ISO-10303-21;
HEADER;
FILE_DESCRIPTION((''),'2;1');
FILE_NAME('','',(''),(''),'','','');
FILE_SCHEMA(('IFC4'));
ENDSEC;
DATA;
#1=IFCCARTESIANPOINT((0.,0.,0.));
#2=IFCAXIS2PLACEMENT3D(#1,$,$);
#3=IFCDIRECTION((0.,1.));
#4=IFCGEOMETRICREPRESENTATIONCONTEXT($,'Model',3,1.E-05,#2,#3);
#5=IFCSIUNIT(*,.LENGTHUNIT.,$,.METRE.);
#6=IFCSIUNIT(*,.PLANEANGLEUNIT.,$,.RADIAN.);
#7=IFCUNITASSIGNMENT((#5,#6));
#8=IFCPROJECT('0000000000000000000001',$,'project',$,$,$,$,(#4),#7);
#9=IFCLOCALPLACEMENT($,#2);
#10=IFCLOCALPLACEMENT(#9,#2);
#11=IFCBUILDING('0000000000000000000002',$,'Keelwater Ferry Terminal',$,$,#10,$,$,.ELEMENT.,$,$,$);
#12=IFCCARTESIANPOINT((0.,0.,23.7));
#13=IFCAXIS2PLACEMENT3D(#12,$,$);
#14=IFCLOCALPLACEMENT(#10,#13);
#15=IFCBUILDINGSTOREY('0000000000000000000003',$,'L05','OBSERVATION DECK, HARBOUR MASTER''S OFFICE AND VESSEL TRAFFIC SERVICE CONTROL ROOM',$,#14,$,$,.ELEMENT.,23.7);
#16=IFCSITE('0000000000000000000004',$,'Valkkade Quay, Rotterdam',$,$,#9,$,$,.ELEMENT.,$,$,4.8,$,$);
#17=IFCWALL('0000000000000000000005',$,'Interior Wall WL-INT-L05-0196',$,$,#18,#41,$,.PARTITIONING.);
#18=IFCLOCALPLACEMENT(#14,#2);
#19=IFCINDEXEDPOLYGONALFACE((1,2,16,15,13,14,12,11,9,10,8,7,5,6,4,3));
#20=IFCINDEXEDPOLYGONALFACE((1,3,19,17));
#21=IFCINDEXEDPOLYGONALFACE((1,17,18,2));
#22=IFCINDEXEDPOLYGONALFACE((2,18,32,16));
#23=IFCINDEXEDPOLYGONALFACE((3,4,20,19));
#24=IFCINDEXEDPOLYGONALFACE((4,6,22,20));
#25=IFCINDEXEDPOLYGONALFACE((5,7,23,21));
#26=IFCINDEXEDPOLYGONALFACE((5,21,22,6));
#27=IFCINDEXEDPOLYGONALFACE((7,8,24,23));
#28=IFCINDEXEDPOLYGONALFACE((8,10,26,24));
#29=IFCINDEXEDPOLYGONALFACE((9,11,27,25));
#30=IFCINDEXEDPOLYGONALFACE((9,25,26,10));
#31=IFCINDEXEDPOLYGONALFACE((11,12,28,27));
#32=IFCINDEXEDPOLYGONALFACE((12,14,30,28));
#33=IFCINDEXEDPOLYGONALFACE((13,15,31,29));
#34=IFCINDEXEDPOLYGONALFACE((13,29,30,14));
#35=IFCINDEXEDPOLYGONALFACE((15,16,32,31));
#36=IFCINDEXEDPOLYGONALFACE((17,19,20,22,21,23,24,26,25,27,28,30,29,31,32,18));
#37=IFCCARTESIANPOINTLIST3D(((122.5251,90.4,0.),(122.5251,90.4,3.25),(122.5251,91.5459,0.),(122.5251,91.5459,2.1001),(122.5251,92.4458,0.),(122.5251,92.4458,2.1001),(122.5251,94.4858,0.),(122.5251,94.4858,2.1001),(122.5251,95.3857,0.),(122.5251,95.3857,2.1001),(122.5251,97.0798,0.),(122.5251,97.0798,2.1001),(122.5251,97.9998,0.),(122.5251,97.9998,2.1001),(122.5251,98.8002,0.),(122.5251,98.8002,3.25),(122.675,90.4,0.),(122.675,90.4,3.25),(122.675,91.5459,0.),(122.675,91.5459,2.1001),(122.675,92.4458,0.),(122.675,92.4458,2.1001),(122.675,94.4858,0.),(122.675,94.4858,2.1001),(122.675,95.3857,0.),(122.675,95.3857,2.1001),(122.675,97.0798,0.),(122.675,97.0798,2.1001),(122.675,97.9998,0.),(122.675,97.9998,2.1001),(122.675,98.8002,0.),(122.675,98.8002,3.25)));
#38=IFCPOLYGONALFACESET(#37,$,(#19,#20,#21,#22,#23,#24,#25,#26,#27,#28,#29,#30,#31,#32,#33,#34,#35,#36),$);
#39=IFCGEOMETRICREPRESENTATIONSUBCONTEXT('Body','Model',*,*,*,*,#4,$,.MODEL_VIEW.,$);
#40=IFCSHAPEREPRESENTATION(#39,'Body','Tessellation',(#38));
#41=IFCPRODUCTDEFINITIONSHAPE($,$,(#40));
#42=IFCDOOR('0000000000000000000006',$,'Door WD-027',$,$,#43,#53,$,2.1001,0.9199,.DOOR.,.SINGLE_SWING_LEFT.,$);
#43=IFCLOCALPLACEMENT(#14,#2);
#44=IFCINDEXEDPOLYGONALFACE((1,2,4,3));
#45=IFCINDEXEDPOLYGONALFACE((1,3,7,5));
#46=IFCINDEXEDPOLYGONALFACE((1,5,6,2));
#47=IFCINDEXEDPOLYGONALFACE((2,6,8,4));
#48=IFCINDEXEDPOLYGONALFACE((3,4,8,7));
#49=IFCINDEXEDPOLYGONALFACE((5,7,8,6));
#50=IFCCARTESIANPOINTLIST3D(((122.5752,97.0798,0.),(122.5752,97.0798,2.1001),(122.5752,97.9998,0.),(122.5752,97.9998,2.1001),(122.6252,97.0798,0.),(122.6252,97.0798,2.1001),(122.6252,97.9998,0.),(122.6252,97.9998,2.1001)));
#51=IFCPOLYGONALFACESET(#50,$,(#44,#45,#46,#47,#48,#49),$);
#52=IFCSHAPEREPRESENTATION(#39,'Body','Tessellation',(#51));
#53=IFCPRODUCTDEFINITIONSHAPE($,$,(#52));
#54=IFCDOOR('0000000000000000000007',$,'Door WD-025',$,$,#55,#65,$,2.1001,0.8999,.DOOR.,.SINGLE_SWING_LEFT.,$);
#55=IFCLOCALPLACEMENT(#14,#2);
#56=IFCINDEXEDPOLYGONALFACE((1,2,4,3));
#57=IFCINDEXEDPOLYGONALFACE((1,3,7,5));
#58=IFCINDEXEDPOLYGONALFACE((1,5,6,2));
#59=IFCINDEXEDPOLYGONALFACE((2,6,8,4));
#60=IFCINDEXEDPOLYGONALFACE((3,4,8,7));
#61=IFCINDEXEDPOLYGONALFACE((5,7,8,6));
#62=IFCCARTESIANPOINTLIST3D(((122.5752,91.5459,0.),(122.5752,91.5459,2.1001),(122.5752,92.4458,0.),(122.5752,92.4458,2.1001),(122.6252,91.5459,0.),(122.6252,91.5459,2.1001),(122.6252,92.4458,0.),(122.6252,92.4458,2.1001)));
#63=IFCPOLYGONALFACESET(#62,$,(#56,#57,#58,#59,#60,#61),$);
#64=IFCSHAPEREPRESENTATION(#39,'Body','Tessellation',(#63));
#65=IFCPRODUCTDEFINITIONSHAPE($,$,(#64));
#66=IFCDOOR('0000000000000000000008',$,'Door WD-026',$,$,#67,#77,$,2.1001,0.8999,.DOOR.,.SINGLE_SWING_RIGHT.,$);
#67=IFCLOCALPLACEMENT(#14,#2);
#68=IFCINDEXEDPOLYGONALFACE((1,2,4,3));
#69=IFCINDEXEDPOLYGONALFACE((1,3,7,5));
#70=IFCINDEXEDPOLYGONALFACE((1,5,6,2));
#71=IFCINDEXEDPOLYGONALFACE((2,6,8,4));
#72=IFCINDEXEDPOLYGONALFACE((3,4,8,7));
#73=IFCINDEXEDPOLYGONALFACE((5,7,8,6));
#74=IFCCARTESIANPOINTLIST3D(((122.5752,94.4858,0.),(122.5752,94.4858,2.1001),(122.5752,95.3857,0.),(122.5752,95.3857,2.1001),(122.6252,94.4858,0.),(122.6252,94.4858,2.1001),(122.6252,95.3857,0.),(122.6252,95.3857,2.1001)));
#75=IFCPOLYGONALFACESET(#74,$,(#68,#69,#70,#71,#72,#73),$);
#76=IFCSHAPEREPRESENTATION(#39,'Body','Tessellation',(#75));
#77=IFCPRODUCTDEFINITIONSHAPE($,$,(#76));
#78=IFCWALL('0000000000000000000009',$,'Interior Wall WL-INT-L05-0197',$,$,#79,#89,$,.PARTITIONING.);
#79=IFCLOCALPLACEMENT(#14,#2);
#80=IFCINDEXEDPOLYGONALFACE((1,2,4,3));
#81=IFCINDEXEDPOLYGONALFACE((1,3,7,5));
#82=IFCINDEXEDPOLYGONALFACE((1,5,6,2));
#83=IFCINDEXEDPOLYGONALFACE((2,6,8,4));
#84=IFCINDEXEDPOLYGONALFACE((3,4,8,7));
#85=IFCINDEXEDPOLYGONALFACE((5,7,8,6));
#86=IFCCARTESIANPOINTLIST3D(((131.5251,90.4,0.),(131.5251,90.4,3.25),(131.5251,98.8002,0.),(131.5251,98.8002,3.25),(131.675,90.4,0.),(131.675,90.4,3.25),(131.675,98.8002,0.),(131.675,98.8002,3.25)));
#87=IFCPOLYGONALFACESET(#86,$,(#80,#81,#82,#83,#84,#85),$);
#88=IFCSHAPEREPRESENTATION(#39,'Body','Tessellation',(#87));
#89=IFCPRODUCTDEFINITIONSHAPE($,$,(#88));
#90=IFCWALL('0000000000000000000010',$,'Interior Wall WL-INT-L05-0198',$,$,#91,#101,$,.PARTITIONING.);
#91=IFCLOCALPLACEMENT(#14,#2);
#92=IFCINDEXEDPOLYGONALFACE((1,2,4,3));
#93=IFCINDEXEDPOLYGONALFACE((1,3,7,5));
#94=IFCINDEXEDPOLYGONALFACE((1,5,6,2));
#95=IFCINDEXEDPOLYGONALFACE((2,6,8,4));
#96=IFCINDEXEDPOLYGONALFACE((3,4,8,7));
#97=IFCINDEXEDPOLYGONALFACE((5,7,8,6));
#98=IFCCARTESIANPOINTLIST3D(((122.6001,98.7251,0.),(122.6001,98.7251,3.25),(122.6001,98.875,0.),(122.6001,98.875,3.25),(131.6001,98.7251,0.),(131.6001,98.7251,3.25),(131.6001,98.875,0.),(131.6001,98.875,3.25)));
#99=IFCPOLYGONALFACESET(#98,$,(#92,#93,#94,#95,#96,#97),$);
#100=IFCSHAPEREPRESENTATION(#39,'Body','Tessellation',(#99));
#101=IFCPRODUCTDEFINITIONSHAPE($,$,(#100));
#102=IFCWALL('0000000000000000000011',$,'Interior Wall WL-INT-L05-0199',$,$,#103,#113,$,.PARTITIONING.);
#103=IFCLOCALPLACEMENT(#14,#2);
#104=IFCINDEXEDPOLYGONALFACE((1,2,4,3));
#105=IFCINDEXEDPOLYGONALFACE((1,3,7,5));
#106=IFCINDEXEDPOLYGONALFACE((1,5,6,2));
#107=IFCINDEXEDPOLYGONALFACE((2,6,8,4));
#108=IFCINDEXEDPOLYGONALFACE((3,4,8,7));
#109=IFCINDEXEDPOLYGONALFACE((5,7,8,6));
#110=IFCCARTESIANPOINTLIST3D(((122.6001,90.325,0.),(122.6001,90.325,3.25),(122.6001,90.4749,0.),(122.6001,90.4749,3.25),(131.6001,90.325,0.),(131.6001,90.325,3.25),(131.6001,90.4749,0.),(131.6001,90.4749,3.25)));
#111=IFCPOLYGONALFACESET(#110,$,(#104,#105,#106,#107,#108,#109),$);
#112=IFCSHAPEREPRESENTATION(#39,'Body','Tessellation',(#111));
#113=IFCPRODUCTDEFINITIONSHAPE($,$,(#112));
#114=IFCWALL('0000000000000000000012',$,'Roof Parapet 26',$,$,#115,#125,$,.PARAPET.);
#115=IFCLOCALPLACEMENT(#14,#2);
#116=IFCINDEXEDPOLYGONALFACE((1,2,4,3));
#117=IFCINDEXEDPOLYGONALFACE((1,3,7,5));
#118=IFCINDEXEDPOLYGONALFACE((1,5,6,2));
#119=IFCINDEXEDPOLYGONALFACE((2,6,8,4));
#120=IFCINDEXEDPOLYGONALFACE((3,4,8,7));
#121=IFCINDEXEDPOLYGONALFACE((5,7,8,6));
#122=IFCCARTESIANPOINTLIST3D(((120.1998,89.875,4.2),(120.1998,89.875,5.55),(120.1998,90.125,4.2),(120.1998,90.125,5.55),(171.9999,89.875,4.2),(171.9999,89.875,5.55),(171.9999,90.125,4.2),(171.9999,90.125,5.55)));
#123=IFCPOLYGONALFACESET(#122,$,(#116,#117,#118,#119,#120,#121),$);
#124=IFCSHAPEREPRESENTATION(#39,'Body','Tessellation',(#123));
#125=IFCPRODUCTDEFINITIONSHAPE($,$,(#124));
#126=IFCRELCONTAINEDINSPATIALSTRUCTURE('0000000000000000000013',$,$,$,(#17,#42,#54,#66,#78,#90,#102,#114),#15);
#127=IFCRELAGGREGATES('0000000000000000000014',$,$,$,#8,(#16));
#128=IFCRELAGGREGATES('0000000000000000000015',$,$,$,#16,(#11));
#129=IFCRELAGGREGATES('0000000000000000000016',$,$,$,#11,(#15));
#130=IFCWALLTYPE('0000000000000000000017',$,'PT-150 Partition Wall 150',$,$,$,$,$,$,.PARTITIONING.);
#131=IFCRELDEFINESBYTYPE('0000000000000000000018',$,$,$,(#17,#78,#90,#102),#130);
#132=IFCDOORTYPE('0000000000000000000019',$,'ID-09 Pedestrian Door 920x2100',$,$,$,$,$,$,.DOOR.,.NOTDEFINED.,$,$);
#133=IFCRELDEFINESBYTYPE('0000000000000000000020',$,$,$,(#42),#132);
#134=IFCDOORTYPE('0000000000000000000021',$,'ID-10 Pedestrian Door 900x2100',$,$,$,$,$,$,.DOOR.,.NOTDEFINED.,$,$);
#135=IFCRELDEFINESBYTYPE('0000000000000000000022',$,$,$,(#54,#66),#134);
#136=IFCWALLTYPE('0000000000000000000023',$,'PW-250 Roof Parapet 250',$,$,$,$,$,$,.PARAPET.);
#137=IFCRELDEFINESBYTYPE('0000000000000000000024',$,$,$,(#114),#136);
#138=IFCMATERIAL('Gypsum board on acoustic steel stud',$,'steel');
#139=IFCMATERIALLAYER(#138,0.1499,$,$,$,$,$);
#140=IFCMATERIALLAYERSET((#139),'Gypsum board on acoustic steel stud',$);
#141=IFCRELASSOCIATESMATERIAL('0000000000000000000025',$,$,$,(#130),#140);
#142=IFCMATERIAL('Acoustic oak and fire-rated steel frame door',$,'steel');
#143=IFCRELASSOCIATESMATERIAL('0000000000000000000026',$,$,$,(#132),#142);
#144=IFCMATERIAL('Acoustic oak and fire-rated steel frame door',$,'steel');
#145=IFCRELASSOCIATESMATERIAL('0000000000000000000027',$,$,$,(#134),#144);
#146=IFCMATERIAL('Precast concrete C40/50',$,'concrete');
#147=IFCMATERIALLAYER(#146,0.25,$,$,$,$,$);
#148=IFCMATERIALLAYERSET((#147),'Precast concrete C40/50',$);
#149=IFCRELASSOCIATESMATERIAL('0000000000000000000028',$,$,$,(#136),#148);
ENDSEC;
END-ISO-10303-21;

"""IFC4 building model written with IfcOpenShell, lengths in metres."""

from ifc_helpers import new_model, si_unit, direction, frame, frame_2d, origin, place, context, subcontext, project, spatial, rectangle, extrude, material, layer, layer_set, type_object, element, fill, save


model = new_model("IFC4")

# Units and contexts
model_context = context("Model", 3, precision=1e-05, world=origin(), true_north=direction((0.0, 1.0)))
body_context = subcontext(model_context, "Body", "Model", "MODEL_VIEW")
ifc_project = project(units=[si_unit("LENGTHUNIT", "METRE"), si_unit("PLANEANGLEUNIT", "RADIAN")], contexts=[model_context])

# Site, building, storey
site_placement = place(None, origin())
site = spatial("IfcSite", under=ifc_project, at=site_placement, Name="Valkkade Quay, Rotterdam", CompositionType="ELEMENT", RefElevation=4.8)
building_placement = place(site_placement, origin())
building = spatial("IfcBuilding", under=site, at=building_placement, Name="Keelwater Ferry Terminal", CompositionType="ELEMENT")
storey_placement = place(building_placement, frame((0.0, 0.0, 23.7)))
storey = spatial("IfcBuildingStorey", under=building, at=storey_placement, Name="L05", Description="OBSERVATION DECK, HARBOUR MASTER'S OFFICE AND VESSEL TRAFFIC SERVICE CONTROL ROOM", CompositionType="ELEMENT", Elevation=23.7)

# Wall, openings, doors
ifc_material_1 = material(Name="Gypsum board on acoustic steel stud", Category="steel")
ifc_layer_1 = layer(ifc_material_1, 0.1499)
ifc_layer_set_1 = layer_set([ifc_layer_1], Name="Gypsum board on acoustic steel stud")
wall_type_1 = type_object("IfcWallType", Name="PT-150 Partition Wall 150", PredefinedType="PARTITIONING", material=ifc_layer_set_1)
wall_1_placement = place(storey_placement, frame((122.6001, 90.3999, 0.0), z_axis=(0.0, 0.0, 1.0), x_axis=(0.0, 1.0, 0.0)))
wall_1 = element("IfcWall", 1, at=wall_1_placement, inside=storey, type_object=wall_type_1, Name="Interior Wall WL-INT-L05-0196", PredefinedType="PARTITIONING", context=body_context, shape_type="SweptSolid", body=[
    extrude(rectangle(XDim=8.4001, YDim=0.1499, at=frame_2d((4.2002, 0.0))), origin(), (0.0, 0.0, 1.0), 3.25),
])
opening_1_placement = place(wall_1_placement, frame((1.146, 0.0, 0.0)))
opening_1 = element("IfcOpeningElement", 2, at=opening_1_placement, cuts=wall_1, PredefinedType="OPENING", context=body_context, shape_type="SweptSolid", body=[
    extrude(rectangle(XDim=0.8999, YDim=2.1001, at=frame_2d((0.45, 1.05))), frame((0.0, 0.085, 0.0), z_axis=(0.0, -1.0, 0.0), x_axis=(1.0, 0.0, 0.0)), (0.0, 0.0, 1.0), 0.1699),
])
opening_2_placement = place(wall_1_placement, frame((4.0859, 0.0, 0.0)))
opening_2 = element("IfcOpeningElement", 3, at=opening_2_placement, cuts=wall_1, PredefinedType="OPENING", context=body_context, shape_type="SweptSolid", body=[
    extrude(rectangle(XDim=0.8999, YDim=2.1001, at=frame_2d((0.45, 1.05))), frame((0.0, 0.085, 0.0), z_axis=(0.0, -1.0, 0.0), x_axis=(1.0, 0.0, 0.0)), (0.0, 0.0, 1.0), 0.1699),
])
opening_3_placement = place(wall_1_placement, frame((6.6799, 0.0, 0.0)))
opening_3 = element("IfcOpeningElement", 4, at=opening_3_placement, cuts=wall_1, PredefinedType="OPENING", context=body_context, shape_type="SweptSolid", body=[
    extrude(rectangle(XDim=0.9199, YDim=2.1001, at=frame_2d((0.46, 1.05))), frame((0.0, 0.085, 0.0), z_axis=(0.0, -1.0, 0.0), x_axis=(1.0, 0.0, 0.0)), (0.0, 0.0, 1.0), 0.1699),
])
ifc_material_2 = material(Name="Acoustic oak and fire-rated steel frame door", Category="steel")
door_type_1 = type_object("IfcDoorType", Name="ID-09 Pedestrian Door 920x2100", OperationType="NOTDEFINED", PredefinedType="DOOR", material=ifc_material_2)
door_1_placement = place(opening_3_placement, origin())
door_1 = element("IfcDoor", 5, at=door_1_placement, inside=storey, type_object=door_type_1, Name="Door WD-027", OperationType="SINGLE_SWING_LEFT", OverallHeight=2.1001, OverallWidth=0.9199, PredefinedType="DOOR", context=body_context, shape_type="SweptSolid", body=[
    extrude(rectangle(XDim=0.9199, YDim=2.1001, at=frame_2d((0.46, 1.05))), frame((0.0, 0.0249, 0.0), z_axis=(0.0, -1.0, 0.0), x_axis=(1.0, 0.0, 0.0)), (0.0, 0.0, 1.0), 0.05),
])
fill(opening_3, door_1)
ifc_material_3 = material(Name="Acoustic oak and fire-rated steel frame door", Category="steel")
door_type_2 = type_object("IfcDoorType", Name="ID-10 Pedestrian Door 900x2100", OperationType="NOTDEFINED", PredefinedType="DOOR", material=ifc_material_3)
door_2_placement = place(opening_1_placement, origin())
door_2 = element("IfcDoor", 6, at=door_2_placement, inside=storey, type_object=door_type_2, Name="Door WD-025", OperationType="SINGLE_SWING_LEFT", OverallHeight=2.1001, OverallWidth=0.8999, PredefinedType="DOOR", context=body_context, shape_type="SweptSolid", body=[
    extrude(rectangle(XDim=0.8999, YDim=2.1001, at=frame_2d((0.45, 1.05))), frame((0.0, 0.0249, 0.0), z_axis=(0.0, -1.0, 0.0), x_axis=(1.0, 0.0, 0.0)), (0.0, 0.0, 1.0), 0.05),
])
fill(opening_1, door_2)
door_3_placement = place(opening_2_placement, origin())
door_3 = element("IfcDoor", 7, at=door_3_placement, inside=storey, type_object=door_type_2, Name="Door WD-026", OperationType="SINGLE_SWING_RIGHT", OverallHeight=2.1001, OverallWidth=0.8999, PredefinedType="DOOR", context=body_context, shape_type="SweptSolid", body=[
    extrude(rectangle(XDim=0.8999, YDim=2.1001, at=frame_2d((0.45, 1.05))), frame((0.0, 0.0249, 0.0), z_axis=(0.0, -1.0, 0.0), x_axis=(1.0, 0.0, 0.0)), (0.0, 0.0, 1.0), 0.05),
])
fill(opening_2, door_3)

# Walls
wall_2_placement = place(storey_placement, frame((131.6001, 90.3999, 0.0), z_axis=(0.0, 0.0, 1.0), x_axis=(0.0, 1.0, 0.0)))
element("IfcWall", 8, at=wall_2_placement, inside=storey, type_object=wall_type_1, Name="Interior Wall WL-INT-L05-0197", PredefinedType="PARTITIONING", context=body_context, shape_type="SweptSolid", body=[
    extrude(rectangle(XDim=8.4001, YDim=0.1499, at=frame_2d((4.2002, 0.0))), origin(), (0.0, 0.0, 1.0), 3.25),
])
for number, where, z_axis, x_axis, name in (
    (9, (122.6001, 98.8, 0.0), (0.0, 0.0, 1.0), (1.0, 0.0, 0.0), "Interior Wall WL-INT-L05-0198"),
    (10, (122.6001, 90.3999, 0.0), (0.0, 0.0, 1.0), (1.0, 0.0, 0.0), "Interior Wall WL-INT-L05-0199"),
):
    element("IfcWall", number, at=place(storey_placement, frame(where, z_axis=z_axis, x_axis=x_axis)), inside=storey, type_object=wall_type_1, Name=name, PredefinedType="PARTITIONING", context=body_context, shape_type="SweptSolid", body=[
        extrude(rectangle(XDim=9.0, YDim=0.1499, at=frame_2d((4.5, 0.0))), origin(), (0.0, 0.0, 1.0), 3.25),
    ])
ifc_material_4 = material(Name="Precast concrete C40/50", Category="concrete")
ifc_layer_2 = layer(ifc_material_4, 0.25)
ifc_layer_set_2 = layer_set([ifc_layer_2], Name="Precast concrete C40/50")
wall_type_2 = type_object("IfcWallType", Name="PW-250 Roof Parapet 250", PredefinedType="PARAPET", material=ifc_layer_set_2)
wall_3_placement = place(storey_placement, frame((120.2, 90.0, 4.2), z_axis=(0.0, 0.0, 1.0), x_axis=(1.0, 0.0, 0.0)))
element("IfcWall", 11, at=wall_3_placement, inside=storey, type_object=wall_type_2, Name="Roof Parapet 26", PredefinedType="PARAPET", context=body_context, shape_type="SweptSolid", body=[
    extrude(rectangle(XDim=51.8, YDim=0.25, at=frame_2d((25.8999, 0.0))), origin(), (0.0, 0.0, 1.0), 1.3501),
])

save(model, "model.ifc")
